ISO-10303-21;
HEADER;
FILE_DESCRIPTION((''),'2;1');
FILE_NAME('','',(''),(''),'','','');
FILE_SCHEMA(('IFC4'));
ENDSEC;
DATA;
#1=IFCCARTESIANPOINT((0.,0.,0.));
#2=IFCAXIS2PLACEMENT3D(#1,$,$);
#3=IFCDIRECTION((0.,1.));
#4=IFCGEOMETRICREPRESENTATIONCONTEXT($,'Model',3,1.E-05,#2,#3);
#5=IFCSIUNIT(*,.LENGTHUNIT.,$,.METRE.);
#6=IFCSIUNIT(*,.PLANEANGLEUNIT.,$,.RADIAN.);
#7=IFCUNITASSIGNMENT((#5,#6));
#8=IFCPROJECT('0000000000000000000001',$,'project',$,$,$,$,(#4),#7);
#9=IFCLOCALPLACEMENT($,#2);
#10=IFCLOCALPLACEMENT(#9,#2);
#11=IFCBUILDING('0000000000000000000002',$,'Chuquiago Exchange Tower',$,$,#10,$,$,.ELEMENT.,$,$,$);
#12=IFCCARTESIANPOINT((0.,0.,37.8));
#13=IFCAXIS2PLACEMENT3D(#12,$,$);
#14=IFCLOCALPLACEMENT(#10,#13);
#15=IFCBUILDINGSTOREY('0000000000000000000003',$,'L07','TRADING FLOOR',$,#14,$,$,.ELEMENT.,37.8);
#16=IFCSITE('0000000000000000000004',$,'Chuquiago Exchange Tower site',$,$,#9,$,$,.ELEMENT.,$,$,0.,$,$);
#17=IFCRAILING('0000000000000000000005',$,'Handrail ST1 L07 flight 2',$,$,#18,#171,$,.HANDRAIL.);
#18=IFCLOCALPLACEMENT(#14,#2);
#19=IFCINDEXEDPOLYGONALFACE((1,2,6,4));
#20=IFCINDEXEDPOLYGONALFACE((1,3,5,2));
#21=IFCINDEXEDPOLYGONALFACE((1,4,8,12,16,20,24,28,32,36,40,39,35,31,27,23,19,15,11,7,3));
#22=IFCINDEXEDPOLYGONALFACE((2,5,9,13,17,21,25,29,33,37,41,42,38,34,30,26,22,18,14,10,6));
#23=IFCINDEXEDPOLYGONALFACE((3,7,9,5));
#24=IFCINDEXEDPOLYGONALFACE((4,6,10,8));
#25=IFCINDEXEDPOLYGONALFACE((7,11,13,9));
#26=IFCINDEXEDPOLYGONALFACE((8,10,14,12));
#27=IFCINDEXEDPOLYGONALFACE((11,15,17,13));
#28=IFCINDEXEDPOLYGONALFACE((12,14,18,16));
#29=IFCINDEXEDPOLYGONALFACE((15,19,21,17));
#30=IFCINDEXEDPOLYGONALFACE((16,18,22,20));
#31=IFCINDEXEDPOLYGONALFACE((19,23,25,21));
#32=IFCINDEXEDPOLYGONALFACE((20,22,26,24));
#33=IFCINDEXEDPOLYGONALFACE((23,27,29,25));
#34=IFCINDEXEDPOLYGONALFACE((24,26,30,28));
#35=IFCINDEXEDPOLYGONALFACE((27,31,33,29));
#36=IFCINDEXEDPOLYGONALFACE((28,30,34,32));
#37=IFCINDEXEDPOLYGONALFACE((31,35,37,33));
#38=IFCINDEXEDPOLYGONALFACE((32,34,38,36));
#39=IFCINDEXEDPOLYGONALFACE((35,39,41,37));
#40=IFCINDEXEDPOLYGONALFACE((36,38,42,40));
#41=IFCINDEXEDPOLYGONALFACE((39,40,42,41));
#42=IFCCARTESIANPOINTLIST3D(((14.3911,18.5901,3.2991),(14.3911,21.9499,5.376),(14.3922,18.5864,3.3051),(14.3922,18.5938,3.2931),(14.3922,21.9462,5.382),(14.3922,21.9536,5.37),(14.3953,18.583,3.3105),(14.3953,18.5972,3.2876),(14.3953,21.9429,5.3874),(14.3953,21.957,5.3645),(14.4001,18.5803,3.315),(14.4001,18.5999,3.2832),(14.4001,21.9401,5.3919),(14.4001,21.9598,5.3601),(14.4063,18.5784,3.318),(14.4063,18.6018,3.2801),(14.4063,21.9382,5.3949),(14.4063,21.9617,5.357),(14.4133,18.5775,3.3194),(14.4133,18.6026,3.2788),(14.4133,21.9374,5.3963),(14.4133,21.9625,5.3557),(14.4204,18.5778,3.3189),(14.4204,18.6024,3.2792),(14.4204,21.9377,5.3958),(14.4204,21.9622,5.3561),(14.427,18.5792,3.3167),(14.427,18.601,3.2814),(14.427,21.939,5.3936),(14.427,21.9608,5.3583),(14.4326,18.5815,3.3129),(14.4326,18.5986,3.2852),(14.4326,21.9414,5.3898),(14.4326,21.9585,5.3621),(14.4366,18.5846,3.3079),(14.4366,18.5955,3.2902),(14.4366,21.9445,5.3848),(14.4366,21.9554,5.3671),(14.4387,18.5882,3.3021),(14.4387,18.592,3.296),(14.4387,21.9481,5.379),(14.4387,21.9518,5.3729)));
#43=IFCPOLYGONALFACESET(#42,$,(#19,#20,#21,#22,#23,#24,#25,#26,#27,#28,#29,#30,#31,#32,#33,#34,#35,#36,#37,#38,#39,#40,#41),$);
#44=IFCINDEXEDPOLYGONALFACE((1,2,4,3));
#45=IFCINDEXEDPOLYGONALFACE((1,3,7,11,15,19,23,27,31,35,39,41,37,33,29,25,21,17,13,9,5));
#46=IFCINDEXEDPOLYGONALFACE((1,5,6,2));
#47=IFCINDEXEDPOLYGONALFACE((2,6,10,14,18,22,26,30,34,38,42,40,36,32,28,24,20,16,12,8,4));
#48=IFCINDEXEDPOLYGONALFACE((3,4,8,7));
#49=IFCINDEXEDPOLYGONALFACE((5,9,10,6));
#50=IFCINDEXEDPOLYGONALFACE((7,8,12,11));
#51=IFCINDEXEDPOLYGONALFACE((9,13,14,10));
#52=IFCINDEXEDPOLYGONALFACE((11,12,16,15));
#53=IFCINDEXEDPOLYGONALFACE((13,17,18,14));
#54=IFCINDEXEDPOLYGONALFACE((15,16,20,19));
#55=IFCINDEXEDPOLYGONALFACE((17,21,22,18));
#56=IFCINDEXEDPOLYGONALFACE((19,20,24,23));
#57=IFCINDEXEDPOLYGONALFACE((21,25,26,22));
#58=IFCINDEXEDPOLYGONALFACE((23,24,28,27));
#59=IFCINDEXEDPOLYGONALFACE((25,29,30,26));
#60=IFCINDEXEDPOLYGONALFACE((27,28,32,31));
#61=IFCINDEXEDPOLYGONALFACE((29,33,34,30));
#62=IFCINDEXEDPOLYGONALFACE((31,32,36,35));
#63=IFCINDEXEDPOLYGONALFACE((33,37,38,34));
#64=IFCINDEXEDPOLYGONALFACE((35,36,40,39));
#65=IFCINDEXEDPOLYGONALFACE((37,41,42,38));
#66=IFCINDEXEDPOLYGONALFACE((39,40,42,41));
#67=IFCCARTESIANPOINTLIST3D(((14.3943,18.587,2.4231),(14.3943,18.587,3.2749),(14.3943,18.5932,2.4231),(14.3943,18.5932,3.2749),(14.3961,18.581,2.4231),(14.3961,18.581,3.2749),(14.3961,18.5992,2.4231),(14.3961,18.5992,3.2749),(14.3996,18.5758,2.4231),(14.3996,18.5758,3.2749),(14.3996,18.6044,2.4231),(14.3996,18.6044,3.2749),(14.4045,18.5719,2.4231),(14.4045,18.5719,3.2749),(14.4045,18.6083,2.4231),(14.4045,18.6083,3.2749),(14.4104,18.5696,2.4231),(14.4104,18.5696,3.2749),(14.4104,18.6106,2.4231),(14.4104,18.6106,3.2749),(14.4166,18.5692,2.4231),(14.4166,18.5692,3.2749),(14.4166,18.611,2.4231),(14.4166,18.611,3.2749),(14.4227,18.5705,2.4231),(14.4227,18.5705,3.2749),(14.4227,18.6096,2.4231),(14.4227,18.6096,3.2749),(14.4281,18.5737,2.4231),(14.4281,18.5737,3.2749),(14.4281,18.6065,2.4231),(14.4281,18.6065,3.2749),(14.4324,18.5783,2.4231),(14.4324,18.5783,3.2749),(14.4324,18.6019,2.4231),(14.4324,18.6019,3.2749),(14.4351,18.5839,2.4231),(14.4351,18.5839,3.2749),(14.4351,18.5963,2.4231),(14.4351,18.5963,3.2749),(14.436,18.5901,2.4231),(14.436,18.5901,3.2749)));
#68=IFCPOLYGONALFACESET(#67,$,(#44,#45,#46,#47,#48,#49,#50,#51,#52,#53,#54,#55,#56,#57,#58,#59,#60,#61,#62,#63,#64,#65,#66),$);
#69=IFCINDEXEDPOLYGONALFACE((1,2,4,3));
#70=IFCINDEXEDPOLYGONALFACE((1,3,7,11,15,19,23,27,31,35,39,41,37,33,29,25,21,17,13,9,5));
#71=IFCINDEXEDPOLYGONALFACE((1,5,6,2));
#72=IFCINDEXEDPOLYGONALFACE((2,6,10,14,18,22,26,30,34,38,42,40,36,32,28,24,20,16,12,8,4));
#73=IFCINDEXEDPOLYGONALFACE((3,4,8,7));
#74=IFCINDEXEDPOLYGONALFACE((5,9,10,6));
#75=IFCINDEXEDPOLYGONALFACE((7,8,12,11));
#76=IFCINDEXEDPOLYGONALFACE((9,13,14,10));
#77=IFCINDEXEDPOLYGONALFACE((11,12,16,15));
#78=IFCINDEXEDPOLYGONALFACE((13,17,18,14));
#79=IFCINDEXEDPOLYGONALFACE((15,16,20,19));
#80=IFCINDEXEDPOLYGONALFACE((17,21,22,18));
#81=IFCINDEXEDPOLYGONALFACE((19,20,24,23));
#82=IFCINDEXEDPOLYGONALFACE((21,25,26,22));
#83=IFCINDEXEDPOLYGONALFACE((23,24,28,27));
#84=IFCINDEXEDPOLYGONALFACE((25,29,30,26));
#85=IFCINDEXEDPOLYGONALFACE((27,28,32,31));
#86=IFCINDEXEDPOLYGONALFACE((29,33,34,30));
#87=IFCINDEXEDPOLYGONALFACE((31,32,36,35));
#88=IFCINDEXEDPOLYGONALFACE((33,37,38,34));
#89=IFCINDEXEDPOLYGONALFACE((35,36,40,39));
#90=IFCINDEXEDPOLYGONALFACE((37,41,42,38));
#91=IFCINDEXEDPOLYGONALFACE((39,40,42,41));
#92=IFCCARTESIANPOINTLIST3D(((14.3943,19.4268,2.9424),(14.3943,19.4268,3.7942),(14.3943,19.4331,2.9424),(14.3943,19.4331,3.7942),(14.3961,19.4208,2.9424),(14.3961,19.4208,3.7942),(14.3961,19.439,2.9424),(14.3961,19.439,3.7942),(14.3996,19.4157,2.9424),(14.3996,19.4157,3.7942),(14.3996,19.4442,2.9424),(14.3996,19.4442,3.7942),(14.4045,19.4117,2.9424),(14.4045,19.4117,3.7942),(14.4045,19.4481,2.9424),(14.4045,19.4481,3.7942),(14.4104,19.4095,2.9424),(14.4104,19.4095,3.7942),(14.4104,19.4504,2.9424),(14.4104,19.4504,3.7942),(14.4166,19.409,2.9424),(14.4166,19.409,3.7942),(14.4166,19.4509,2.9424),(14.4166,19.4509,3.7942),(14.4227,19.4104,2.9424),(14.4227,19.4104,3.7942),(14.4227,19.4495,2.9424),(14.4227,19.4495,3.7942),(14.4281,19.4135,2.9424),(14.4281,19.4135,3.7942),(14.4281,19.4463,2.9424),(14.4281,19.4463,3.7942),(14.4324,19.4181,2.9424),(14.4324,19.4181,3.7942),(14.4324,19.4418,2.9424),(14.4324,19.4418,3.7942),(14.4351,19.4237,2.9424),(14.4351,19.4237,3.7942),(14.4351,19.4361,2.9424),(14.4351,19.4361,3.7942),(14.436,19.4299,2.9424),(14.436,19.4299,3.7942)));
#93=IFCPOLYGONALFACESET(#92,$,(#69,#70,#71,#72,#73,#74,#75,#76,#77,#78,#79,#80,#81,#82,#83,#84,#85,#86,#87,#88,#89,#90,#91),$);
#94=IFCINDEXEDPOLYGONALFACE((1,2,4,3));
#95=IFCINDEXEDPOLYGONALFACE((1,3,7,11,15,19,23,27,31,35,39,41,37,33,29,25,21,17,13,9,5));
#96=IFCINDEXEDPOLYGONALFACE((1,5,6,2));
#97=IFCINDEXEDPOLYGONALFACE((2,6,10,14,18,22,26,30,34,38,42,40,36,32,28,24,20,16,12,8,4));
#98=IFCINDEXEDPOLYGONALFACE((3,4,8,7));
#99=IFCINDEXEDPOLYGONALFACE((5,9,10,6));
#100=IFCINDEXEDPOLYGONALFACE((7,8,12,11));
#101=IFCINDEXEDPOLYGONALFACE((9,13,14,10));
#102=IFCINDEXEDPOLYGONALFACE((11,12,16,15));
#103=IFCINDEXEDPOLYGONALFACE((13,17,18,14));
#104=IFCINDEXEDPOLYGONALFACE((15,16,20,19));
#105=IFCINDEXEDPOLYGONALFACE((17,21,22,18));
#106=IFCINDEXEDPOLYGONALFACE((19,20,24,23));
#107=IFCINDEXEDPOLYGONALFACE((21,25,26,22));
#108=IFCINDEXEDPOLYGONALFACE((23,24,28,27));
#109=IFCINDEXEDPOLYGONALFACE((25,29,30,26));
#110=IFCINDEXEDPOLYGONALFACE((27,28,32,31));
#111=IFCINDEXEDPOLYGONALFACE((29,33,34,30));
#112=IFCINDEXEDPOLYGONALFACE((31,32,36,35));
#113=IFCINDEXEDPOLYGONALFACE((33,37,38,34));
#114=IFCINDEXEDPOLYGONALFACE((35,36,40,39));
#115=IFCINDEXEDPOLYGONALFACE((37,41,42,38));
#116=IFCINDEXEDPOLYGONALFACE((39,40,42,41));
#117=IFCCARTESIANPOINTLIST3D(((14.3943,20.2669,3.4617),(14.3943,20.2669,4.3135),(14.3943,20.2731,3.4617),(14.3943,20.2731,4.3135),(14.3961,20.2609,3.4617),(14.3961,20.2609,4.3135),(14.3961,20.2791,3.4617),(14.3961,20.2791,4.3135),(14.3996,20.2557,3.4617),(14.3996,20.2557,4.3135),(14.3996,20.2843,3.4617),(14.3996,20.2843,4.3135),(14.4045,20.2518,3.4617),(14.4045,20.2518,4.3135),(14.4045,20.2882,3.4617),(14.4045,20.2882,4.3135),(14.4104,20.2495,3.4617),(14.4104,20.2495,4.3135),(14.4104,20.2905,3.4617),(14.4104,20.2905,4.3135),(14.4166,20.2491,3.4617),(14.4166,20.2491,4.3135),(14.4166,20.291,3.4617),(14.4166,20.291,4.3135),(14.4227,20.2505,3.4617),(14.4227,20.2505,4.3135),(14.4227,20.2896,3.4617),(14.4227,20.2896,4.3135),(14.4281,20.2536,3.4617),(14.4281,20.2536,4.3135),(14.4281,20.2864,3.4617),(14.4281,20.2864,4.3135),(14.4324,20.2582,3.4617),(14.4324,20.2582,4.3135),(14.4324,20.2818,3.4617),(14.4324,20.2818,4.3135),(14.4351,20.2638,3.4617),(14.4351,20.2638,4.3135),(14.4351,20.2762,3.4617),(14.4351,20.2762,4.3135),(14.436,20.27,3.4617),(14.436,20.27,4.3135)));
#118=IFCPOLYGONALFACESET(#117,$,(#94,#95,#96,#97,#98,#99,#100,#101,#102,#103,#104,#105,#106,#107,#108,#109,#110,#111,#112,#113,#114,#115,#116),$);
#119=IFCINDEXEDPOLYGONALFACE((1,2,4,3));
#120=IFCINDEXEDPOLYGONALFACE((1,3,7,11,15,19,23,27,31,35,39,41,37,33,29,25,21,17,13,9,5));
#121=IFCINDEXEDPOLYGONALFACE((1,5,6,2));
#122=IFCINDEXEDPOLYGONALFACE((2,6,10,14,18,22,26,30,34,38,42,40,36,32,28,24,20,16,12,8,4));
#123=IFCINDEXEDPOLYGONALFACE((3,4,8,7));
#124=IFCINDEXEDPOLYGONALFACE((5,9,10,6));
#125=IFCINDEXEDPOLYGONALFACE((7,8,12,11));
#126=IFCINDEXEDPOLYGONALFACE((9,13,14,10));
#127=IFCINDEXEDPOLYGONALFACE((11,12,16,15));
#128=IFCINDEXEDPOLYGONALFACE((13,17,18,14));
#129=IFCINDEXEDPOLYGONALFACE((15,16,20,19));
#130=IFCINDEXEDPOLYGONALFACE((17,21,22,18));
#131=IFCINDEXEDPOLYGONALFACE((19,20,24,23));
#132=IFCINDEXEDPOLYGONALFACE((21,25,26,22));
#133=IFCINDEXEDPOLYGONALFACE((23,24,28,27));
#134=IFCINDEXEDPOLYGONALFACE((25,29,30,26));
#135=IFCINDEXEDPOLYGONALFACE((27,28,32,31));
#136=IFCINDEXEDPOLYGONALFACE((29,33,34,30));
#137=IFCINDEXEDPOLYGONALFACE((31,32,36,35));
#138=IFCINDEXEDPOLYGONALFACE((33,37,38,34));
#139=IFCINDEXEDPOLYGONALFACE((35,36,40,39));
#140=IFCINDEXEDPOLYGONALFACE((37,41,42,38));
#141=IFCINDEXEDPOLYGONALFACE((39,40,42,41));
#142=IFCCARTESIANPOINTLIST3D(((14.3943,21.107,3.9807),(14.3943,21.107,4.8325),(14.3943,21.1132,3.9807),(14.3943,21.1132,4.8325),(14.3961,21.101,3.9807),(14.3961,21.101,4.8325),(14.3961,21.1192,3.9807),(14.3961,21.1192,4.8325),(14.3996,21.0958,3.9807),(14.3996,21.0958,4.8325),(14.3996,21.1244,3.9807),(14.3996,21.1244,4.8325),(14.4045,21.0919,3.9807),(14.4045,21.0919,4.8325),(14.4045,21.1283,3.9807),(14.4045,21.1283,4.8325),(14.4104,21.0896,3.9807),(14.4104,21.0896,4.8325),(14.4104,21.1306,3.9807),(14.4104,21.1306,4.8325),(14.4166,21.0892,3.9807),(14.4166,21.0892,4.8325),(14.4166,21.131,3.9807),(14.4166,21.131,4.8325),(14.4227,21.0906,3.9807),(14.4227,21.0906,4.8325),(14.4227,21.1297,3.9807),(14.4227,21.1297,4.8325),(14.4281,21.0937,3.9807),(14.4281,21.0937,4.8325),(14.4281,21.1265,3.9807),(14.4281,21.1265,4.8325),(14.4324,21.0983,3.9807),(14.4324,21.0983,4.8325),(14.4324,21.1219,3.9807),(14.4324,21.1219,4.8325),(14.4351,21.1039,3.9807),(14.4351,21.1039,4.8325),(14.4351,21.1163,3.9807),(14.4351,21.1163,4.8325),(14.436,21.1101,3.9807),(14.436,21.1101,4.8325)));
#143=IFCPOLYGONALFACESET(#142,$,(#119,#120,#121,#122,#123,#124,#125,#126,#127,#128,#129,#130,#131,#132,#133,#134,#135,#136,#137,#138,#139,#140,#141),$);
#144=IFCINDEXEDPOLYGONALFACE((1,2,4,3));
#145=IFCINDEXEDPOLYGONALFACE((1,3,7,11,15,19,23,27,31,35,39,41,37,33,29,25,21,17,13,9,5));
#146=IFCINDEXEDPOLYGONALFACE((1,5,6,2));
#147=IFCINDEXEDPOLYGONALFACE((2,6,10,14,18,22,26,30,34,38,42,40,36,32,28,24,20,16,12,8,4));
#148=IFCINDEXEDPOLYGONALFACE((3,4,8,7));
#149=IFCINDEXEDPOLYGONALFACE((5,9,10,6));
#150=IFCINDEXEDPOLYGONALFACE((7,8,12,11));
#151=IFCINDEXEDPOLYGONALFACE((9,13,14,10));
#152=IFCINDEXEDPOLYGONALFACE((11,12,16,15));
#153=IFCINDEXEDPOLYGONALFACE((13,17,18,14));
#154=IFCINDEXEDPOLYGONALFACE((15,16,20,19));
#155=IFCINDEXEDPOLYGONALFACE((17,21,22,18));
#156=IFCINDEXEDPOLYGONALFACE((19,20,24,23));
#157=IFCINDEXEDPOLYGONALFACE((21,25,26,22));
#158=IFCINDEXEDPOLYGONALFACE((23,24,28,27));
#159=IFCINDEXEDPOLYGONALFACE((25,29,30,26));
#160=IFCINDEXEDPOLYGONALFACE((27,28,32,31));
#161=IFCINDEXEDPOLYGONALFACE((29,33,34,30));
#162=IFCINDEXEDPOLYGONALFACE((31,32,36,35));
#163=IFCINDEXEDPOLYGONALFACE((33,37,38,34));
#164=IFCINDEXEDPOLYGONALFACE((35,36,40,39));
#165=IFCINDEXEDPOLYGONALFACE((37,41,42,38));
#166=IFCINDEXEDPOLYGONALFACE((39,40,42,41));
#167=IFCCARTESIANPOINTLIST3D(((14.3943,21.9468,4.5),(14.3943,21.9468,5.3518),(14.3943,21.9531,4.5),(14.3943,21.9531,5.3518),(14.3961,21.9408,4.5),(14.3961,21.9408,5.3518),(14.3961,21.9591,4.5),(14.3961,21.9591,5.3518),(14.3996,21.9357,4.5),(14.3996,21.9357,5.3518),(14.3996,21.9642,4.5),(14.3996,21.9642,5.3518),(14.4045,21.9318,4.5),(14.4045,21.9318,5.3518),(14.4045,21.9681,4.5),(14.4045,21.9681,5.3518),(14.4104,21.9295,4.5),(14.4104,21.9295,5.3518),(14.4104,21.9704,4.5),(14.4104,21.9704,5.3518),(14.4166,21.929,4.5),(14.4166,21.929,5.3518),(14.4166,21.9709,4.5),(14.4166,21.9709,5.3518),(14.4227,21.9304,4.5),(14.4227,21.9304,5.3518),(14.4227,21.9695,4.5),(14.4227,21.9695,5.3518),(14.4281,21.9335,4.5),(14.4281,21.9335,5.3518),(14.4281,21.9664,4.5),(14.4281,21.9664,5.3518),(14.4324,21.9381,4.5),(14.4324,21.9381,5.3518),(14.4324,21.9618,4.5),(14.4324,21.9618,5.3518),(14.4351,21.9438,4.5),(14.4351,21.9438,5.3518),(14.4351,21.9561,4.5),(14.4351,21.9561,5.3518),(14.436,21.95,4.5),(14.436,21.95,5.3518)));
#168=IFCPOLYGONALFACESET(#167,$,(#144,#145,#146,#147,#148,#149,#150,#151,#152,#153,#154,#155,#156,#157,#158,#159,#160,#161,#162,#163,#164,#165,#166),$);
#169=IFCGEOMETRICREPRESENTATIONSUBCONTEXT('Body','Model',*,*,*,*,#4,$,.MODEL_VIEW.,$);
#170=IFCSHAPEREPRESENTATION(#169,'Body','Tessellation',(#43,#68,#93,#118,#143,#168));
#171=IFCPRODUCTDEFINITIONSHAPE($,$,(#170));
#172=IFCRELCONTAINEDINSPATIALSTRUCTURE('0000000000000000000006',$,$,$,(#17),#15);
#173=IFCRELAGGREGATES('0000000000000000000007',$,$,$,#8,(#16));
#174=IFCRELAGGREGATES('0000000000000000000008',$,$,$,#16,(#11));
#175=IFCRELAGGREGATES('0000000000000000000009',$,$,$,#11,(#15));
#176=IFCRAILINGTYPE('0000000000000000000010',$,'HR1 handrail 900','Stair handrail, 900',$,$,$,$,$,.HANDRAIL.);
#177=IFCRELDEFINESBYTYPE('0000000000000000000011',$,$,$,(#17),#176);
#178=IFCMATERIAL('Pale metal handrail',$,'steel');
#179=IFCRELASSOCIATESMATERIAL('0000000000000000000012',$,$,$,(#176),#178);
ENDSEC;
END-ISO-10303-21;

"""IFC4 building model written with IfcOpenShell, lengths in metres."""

from ifc_helpers import new_model, si_unit, direction, frame, origin, origin_2d, place, context, subcontext, project, spatial, circle, extrude, material, type_object, element, save


model = new_model("IFC4")

# Units and contexts
model_context = context("Model", 3, precision=1e-05, world=origin(), true_north=direction((0.0, 1.0)))
body_context = subcontext(model_context, "Body", "Model", "MODEL_VIEW")
ifc_project = project(units=[si_unit("LENGTHUNIT", "METRE"), si_unit("PLANEANGLEUNIT", "RADIAN")], contexts=[model_context])

# Site, building, storey
site_placement = place(None, origin())
site = spatial("IfcSite", under=ifc_project, at=site_placement, Name="Chuquiago Exchange Tower site", CompositionType="ELEMENT", RefElevation=0.0)
building_placement = place(site_placement, origin())
building = spatial("IfcBuilding", under=site, at=building_placement, Name="Chuquiago Exchange Tower", CompositionType="ELEMENT")
storey_placement = place(building_placement, frame((0.0, 0.0, 37.8)))
storey = spatial("IfcBuildingStorey", under=building, at=storey_placement, Name="L07", Description="TRADING FLOOR", CompositionType="ELEMENT", Elevation=37.8)

# Railing
ifc_material_1 = material(Name="Pale metal handrail", Category="steel")
railing_type_1 = type_object("IfcRailingType", Name="HR1 handrail 900", Description="Stair handrail, 900", PredefinedType="HANDRAIL", material=ifc_material_1)
for number, where, name in (
    (1, (14.415, 18.5901, 2.4231), "Handrail ST1 L07 flight 2"),
):
    element("IfcRailing", number, at=place(storey_placement, frame(where)), inside=storey, type_object=railing_type_1, Name=name, PredefinedType="HANDRAIL", context=body_context, shape_type="SweptSolid", body=[
        extrude(circle(Radius=0.0239, at=origin_2d()), frame((0.0, 0.0, 0.876), z_axis=(0.0, 0.850606, 0.525803), x_axis=(-1.0, 0.0, 0.0)), (0.0, 0.0, 1.0), 3.95),
        extrude(circle(Radius=0.021, at=origin_2d()), origin(), (0.0, 0.0, 1.0), 0.8518),
        extrude(circle(Radius=0.021, at=origin_2d()), frame((0.0, 0.8398, 0.5193)), (0.0, 0.0, 1.0), 0.8518),
        extrude(circle(Radius=0.021, at=origin_2d()), frame((0.0, 1.6799, 1.0386)), (0.0, 0.0, 1.0), 0.8518),
        extrude(circle(Radius=0.021, at=origin_2d()), frame((0.0, 2.52, 1.5576)), (0.0, 0.0, 1.0), 0.8518),
        extrude(circle(Radius=0.021, at=origin_2d()), frame((0.0, 3.3599, 2.0769)), (0.0, 0.0, 1.0), 0.8518),
    ])

save(model, "model.ifc")
